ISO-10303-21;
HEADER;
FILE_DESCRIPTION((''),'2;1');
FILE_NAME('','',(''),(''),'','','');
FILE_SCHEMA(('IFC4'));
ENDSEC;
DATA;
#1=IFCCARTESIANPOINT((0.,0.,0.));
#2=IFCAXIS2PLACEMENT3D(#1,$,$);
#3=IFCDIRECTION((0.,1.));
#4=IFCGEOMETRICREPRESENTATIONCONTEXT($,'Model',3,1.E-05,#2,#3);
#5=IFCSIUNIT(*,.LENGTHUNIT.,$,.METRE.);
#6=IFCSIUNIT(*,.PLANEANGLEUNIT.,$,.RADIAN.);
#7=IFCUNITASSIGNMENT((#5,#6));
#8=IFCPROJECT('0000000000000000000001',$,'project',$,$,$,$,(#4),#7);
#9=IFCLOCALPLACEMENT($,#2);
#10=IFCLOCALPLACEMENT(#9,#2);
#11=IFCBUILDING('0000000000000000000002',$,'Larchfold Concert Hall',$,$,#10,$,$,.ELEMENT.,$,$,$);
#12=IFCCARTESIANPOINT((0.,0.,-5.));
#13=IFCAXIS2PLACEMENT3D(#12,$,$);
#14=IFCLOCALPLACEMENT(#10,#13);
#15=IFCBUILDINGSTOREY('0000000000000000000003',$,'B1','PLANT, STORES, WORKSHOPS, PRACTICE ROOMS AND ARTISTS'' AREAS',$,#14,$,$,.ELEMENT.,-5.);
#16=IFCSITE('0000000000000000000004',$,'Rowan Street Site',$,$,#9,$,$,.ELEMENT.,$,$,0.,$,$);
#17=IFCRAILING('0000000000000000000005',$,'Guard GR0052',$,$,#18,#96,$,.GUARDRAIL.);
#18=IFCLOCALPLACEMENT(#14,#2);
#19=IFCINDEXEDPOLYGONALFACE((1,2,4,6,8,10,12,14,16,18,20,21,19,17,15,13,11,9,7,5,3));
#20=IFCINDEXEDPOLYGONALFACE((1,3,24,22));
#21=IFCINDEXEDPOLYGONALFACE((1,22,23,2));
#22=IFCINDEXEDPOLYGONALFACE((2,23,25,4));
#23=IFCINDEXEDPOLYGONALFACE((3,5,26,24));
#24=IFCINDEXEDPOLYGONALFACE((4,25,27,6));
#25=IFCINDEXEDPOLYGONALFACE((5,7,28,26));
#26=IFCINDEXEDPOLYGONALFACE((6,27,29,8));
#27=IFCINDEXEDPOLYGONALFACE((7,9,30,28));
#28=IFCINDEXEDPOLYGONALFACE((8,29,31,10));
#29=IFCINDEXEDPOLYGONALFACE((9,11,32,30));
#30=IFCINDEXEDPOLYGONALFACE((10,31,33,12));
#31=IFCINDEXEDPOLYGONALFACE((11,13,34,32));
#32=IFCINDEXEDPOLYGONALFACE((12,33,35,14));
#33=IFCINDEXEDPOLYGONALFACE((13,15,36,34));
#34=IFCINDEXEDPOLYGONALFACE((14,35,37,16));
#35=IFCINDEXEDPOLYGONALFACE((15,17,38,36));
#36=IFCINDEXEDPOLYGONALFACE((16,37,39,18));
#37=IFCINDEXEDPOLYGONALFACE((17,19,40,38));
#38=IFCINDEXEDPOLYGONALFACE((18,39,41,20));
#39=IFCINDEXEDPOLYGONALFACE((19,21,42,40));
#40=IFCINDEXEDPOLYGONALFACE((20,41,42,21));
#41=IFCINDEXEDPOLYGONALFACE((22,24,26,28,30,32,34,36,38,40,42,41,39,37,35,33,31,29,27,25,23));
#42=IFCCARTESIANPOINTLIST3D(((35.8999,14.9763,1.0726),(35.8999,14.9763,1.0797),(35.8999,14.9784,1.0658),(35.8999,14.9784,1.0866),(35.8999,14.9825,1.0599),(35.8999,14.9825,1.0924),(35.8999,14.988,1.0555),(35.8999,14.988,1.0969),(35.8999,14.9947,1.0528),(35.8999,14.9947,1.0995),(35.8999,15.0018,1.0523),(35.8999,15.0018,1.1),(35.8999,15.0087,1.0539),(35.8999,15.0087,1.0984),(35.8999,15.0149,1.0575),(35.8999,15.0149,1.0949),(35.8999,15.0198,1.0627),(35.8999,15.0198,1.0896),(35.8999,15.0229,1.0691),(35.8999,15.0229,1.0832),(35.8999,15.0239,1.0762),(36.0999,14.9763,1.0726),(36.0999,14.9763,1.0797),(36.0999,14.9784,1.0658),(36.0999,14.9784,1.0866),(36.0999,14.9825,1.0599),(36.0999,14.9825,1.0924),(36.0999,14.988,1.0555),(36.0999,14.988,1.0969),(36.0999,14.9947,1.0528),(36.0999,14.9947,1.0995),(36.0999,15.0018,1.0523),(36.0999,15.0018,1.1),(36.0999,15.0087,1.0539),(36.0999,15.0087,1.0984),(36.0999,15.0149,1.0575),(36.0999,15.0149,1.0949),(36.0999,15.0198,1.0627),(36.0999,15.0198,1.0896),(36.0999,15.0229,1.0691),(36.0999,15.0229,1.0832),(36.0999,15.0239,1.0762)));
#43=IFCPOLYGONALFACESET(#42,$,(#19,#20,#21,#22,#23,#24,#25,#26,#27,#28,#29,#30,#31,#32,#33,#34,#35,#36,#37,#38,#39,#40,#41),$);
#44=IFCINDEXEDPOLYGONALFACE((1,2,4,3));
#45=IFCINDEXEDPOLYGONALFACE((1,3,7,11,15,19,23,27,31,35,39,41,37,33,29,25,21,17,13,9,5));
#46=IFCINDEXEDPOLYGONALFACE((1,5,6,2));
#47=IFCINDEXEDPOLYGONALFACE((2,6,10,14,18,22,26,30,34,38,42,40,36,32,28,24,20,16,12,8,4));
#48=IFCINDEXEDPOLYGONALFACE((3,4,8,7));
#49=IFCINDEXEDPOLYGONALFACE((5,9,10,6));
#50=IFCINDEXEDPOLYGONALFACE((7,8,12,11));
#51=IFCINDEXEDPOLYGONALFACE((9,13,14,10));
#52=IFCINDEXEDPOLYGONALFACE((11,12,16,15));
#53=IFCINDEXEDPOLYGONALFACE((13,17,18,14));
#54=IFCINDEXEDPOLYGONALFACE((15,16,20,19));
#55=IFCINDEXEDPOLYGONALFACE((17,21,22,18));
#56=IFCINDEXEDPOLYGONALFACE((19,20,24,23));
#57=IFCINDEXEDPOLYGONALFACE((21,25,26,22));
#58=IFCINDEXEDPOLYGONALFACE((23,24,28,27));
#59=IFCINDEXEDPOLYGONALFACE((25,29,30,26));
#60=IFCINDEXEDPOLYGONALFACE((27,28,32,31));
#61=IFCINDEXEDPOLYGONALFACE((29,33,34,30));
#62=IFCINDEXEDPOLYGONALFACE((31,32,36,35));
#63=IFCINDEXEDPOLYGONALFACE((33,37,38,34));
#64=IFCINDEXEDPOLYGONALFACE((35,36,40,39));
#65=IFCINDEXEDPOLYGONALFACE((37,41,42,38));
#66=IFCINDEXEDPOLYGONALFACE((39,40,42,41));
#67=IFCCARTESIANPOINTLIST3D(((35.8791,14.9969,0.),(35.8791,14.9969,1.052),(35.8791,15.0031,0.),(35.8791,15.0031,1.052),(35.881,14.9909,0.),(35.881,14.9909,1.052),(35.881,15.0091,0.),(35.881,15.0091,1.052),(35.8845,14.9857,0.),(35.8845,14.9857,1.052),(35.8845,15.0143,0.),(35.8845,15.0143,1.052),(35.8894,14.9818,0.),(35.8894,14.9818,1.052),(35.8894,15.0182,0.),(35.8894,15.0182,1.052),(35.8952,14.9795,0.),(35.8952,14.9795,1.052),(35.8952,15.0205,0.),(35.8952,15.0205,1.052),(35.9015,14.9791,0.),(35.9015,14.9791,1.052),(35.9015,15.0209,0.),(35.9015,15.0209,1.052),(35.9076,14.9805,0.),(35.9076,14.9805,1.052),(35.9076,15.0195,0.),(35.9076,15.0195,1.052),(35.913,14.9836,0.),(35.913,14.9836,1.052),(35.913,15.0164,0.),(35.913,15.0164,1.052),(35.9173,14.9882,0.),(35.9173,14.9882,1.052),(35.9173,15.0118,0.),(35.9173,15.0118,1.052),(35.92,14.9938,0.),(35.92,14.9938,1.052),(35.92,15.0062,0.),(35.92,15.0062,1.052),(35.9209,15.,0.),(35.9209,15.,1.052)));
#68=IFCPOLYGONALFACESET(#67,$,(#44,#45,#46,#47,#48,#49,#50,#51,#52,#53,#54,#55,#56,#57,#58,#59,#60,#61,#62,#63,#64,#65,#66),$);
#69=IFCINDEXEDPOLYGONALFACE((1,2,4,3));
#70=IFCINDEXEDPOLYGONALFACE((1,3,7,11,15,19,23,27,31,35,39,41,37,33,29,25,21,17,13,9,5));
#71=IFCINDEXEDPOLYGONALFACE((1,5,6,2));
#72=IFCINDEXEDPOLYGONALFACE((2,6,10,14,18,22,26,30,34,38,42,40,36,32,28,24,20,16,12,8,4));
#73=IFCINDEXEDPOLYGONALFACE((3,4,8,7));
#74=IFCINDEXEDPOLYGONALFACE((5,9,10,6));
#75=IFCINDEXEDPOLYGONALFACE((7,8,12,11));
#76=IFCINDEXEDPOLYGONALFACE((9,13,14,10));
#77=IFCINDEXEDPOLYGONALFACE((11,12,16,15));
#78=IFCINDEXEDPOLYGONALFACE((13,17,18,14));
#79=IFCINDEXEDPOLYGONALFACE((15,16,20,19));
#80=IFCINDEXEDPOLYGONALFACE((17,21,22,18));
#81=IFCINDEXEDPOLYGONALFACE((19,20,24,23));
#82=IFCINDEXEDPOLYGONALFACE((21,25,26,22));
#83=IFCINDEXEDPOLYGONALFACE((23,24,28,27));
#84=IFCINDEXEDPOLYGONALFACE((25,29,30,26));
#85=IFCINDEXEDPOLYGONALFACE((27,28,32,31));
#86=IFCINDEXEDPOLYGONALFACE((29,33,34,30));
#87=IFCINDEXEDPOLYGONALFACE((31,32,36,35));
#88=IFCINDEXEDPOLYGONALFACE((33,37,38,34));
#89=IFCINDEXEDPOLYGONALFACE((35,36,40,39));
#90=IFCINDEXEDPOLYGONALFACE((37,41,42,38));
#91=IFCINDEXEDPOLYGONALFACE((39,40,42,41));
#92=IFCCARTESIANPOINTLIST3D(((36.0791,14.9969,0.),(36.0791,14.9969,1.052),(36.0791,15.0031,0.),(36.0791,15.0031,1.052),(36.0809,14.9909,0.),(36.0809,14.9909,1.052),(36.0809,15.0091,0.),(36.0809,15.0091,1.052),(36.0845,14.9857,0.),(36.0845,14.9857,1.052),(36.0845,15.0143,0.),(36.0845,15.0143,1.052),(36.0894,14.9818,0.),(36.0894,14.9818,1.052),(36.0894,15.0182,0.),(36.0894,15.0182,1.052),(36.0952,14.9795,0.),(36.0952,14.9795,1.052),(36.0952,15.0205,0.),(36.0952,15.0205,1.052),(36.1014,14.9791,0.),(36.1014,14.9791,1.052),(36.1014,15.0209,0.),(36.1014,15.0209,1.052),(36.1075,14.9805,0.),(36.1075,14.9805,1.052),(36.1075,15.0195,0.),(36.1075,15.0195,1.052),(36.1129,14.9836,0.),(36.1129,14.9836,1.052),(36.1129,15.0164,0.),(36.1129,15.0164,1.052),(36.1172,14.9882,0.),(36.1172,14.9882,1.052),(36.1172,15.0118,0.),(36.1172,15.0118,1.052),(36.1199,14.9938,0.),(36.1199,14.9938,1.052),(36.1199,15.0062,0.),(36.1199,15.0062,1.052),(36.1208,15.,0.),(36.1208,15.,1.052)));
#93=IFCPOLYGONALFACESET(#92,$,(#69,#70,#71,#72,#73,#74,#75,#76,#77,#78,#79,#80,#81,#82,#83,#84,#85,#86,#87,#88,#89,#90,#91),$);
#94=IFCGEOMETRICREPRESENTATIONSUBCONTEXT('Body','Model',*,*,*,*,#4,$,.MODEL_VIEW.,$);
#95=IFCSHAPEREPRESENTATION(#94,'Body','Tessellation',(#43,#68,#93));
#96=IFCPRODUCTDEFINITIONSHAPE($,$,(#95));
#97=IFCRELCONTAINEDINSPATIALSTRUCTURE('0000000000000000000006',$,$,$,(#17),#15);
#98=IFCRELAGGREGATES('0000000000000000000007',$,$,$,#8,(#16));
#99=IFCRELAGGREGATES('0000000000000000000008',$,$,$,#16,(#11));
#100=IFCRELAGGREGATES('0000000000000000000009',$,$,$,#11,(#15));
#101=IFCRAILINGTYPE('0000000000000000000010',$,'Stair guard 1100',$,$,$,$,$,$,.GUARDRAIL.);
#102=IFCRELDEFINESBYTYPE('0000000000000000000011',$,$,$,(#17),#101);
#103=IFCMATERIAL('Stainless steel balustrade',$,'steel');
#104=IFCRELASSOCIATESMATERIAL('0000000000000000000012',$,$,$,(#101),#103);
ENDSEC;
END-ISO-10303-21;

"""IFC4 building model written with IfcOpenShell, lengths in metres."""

from ifc_helpers import new_model, si_unit, direction, frame, origin, origin_2d, place, context, subcontext, project, spatial, circle, extrude, material, type_object, element, save


model = new_model("IFC4")

# Units and contexts
model_context = context("Model", 3, precision=1e-05, world=origin(), true_north=direction((0.0, 1.0)))
body_context = subcontext(model_context, "Body", "Model", "MODEL_VIEW")
ifc_project = project(units=[si_unit("LENGTHUNIT", "METRE"), si_unit("PLANEANGLEUNIT", "RADIAN")], contexts=[model_context])

# Site, building, storey
site_placement = place(None, origin())
site = spatial("IfcSite", under=ifc_project, at=site_placement, Name="Rowan Street Site", CompositionType="ELEMENT", RefElevation=0.0)
building_placement = place(site_placement, origin())
building = spatial("IfcBuilding", under=site, at=building_placement, Name="Larchfold Concert Hall", CompositionType="ELEMENT")
storey_placement = place(building_placement, frame((0.0, 0.0, -5.0)))
storey = spatial("IfcBuildingStorey", under=building, at=storey_placement, Name="B1", Description="PLANT, STORES, WORKSHOPS, PRACTICE ROOMS AND ARTISTS' AREAS", CompositionType="ELEMENT", Elevation=-5.0)

# Railing
ifc_material_1 = material(Name="Stainless steel balustrade", Category="steel")
railing_type_1 = type_object("IfcRailingType", Name="Stair guard 1100", PredefinedType="GUARDRAIL", material=ifc_material_1)
railing_1_placement = place(storey_placement, frame((35.8999, 15.0, 0.0)))
element("IfcRailing", 1, at=railing_1_placement, inside=storey, type_object=railing_type_1, Name="Guard GR0052", PredefinedType="GUARDRAIL", context=body_context, shape_type="SweptSolid", body=[
    extrude(circle(Radius=0.0239, at=origin_2d()), frame((0.0, 0.0, 1.0762), z_axis=(1.0, 0.0, 0.0), x_axis=(0.0, 1.0, 0.0)), (0.0, 0.0, 1.0), 0.2),
    extrude(circle(Radius=0.021, at=origin_2d()), origin(), (0.0, 0.0, 1.0), 1.052),
    extrude(circle(Radius=0.021, at=origin_2d()), frame((0.2, 0.0, 0.0)), (0.0, 0.0, 1.0), 1.052),
])

save(model, "model.ifc")
